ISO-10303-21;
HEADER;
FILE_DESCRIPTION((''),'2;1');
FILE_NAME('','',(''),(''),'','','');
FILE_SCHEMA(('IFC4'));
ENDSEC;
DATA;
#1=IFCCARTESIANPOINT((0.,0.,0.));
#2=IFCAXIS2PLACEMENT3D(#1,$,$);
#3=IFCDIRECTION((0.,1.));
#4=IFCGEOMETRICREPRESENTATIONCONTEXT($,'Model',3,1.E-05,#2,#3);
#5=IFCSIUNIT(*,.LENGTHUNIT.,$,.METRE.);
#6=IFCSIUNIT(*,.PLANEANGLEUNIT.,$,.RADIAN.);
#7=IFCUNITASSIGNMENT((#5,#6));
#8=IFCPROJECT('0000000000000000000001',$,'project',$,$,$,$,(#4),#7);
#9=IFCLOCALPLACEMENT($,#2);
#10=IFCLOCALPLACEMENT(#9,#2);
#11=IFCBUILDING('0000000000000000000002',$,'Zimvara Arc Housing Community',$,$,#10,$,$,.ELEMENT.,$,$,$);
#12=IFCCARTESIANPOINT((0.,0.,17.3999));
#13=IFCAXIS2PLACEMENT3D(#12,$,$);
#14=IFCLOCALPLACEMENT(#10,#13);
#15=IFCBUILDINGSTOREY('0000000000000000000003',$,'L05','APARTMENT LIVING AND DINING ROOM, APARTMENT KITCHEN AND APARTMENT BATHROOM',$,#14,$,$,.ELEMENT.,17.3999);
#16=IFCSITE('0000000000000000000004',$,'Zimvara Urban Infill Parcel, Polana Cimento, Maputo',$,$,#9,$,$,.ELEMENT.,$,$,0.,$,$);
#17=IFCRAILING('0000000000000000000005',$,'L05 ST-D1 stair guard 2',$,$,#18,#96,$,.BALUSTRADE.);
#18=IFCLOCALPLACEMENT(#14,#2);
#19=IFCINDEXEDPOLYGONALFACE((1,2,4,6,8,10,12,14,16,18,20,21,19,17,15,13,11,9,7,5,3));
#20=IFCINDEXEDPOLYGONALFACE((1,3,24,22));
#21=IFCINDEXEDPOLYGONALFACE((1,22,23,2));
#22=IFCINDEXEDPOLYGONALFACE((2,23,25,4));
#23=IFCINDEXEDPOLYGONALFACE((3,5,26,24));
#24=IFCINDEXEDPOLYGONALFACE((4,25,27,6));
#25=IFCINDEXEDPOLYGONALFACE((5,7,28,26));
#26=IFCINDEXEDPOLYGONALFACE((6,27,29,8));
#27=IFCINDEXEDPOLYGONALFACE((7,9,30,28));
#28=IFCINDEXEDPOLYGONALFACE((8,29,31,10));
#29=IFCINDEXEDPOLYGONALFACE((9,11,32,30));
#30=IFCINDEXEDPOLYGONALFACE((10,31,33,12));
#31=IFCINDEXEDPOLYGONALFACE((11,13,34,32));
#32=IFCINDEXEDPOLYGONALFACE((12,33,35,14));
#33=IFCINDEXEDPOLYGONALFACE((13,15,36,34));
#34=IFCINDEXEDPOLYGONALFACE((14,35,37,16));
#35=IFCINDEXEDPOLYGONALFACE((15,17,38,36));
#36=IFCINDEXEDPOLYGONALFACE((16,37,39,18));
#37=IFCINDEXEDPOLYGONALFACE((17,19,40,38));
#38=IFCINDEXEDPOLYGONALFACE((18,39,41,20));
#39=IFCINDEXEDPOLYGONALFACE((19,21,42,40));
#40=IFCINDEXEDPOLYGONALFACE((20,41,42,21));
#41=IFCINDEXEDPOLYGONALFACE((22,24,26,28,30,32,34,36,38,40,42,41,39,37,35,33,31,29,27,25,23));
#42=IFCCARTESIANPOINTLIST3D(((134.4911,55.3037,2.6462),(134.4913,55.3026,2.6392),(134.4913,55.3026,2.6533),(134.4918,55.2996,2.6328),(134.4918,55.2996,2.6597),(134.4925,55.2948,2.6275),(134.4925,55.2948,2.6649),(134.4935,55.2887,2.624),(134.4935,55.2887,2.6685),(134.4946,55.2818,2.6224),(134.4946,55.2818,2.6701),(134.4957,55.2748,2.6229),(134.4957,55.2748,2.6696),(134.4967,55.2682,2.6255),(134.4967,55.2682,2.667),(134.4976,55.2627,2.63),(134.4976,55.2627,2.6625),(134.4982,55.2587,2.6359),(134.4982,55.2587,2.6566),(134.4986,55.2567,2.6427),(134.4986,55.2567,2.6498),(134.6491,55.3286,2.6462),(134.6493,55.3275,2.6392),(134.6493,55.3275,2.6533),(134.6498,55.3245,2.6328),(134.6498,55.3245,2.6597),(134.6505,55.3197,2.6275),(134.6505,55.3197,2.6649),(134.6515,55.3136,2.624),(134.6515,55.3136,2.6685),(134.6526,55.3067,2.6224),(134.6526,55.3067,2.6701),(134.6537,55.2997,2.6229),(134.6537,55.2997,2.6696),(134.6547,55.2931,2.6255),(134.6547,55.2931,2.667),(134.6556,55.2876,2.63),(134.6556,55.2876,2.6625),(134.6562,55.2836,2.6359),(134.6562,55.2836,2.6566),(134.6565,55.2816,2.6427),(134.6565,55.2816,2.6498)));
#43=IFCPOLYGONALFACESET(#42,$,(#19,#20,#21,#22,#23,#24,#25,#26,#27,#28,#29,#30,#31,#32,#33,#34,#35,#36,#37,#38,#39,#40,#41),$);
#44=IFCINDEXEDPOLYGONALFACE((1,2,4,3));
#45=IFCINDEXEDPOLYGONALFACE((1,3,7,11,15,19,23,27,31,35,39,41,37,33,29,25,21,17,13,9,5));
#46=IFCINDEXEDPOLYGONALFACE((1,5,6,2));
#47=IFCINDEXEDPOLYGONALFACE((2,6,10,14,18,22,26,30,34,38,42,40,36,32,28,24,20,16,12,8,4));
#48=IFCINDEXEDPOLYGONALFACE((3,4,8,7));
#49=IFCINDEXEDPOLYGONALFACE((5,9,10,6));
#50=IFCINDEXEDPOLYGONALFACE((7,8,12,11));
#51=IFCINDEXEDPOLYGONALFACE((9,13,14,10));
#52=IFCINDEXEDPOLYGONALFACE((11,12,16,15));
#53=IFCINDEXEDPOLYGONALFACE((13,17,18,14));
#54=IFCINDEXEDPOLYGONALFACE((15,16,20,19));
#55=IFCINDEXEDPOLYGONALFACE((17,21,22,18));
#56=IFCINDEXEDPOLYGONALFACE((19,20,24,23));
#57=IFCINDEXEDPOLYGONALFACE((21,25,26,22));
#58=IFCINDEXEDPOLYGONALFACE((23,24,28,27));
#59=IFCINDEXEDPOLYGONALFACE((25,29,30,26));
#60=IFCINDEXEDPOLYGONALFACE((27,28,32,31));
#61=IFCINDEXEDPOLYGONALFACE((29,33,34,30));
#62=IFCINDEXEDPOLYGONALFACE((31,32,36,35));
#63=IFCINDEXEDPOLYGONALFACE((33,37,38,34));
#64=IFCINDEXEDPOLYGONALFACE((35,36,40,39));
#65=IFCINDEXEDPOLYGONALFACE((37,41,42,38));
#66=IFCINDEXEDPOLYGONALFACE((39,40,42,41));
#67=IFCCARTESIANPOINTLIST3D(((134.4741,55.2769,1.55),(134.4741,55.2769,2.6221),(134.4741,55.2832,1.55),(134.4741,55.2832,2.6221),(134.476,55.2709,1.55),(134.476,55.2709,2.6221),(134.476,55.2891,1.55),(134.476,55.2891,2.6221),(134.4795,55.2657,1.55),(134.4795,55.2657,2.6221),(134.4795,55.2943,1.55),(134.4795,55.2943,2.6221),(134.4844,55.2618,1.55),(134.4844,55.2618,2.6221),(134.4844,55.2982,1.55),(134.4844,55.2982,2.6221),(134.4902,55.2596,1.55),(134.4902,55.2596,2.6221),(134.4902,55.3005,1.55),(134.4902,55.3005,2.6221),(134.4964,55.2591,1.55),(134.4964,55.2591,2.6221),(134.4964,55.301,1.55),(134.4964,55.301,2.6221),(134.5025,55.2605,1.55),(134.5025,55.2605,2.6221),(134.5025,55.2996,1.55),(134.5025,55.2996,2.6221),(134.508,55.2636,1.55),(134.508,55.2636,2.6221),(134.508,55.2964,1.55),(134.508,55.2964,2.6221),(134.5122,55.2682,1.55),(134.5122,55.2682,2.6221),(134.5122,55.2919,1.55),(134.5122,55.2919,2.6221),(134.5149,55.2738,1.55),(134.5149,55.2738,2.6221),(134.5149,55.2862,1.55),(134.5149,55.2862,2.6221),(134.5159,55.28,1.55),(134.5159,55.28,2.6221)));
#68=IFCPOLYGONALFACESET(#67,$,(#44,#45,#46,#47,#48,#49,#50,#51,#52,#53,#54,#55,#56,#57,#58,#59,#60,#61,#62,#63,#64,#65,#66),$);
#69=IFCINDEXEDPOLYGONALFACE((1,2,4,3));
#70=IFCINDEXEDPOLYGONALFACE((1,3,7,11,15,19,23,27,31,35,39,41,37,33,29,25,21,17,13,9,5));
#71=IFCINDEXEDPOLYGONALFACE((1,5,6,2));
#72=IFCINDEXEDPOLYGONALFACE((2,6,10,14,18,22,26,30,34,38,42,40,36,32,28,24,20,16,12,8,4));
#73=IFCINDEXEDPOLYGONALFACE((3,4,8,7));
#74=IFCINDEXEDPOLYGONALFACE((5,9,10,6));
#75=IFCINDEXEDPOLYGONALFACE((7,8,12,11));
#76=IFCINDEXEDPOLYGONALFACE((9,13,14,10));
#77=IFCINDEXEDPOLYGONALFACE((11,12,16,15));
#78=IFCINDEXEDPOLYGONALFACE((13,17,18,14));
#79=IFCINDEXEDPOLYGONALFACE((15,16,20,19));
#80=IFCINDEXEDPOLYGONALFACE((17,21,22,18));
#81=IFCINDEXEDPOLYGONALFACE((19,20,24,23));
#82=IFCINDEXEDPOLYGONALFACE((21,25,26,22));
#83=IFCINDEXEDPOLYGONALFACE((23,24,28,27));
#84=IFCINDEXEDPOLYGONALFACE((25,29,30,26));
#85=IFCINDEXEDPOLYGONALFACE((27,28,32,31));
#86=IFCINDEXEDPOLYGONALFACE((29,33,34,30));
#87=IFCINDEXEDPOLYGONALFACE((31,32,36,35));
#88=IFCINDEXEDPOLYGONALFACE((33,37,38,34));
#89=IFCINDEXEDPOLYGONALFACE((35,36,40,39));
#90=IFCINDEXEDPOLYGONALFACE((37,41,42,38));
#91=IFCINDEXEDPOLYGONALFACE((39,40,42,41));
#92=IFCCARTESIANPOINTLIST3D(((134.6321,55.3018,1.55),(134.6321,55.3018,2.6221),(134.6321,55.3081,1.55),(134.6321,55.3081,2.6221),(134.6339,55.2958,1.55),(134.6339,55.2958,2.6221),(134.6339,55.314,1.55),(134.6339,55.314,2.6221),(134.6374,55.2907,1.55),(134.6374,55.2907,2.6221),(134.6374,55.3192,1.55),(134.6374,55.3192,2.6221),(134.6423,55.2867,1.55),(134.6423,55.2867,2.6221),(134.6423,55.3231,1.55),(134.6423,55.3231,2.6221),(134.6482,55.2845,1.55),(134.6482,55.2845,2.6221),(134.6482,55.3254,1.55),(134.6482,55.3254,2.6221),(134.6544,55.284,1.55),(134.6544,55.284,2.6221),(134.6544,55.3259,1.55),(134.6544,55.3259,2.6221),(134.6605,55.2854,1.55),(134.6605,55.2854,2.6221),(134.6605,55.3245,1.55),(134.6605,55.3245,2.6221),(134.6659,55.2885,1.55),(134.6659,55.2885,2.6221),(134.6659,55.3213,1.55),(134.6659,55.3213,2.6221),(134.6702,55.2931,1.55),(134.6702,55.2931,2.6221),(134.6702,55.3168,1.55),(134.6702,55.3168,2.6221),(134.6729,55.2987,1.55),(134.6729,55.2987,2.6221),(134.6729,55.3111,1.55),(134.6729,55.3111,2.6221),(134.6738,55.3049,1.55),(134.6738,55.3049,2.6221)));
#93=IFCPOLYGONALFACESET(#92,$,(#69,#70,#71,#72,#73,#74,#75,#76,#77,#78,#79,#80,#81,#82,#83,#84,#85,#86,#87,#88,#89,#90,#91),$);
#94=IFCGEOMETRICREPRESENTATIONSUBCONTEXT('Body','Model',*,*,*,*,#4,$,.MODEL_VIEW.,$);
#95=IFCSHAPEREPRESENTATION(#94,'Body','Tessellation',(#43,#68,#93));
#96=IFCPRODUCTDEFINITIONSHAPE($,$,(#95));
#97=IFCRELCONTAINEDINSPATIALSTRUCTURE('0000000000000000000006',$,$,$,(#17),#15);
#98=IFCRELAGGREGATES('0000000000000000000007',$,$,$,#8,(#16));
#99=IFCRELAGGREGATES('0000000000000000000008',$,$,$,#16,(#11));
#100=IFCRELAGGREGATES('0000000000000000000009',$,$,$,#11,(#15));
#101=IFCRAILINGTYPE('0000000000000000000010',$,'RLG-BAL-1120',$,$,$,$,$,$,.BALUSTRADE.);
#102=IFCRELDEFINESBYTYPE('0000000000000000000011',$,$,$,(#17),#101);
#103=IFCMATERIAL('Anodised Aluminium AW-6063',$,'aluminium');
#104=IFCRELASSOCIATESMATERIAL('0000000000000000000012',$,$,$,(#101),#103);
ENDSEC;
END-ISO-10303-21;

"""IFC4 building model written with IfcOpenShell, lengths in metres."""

from ifc_helpers import new_model, si_unit, direction, frame, origin, origin_2d, place, context, subcontext, project, spatial, circle, extrude, material, type_object, element, save


model = new_model("IFC4")

# Units and contexts
model_context = context("Model", 3, precision=1e-05, world=origin(), true_north=direction((0.0, 1.0)))
body_context = subcontext(model_context, "Body", "Model", "MODEL_VIEW")
ifc_project = project(units=[si_unit("LENGTHUNIT", "METRE"), si_unit("PLANEANGLEUNIT", "RADIAN")], contexts=[model_context])

# Site, building, storey
site_placement = place(None, origin())
site = spatial("IfcSite", under=ifc_project, at=site_placement, Name="Zimvara Urban Infill Parcel, Polana Cimento, Maputo", CompositionType="ELEMENT", RefElevation=0.0)
building_placement = place(site_placement, origin())
building = spatial("IfcBuilding", under=site, at=building_placement, Name="Zimvara Arc Housing Community", CompositionType="ELEMENT")
storey_placement = place(building_placement, frame((0.0, 0.0, 17.3999)))
storey = spatial("IfcBuildingStorey", under=building, at=storey_placement, Name="L05", Description="APARTMENT LIVING AND DINING ROOM, APARTMENT KITCHEN AND APARTMENT BATHROOM", CompositionType="ELEMENT", Elevation=17.3999)

# Railing
ifc_material_1 = material(Name="Anodised Aluminium AW-6063", Category="aluminium")
railing_type_1 = type_object("IfcRailingType", Name="RLG-BAL-1120", PredefinedType="BALUSTRADE", material=ifc_material_1)
railing_1_placement = place(storey_placement, frame((134.4949, 55.28, 1.55)))
element("IfcRailing", 1, at=railing_1_placement, inside=storey, type_object=railing_type_1, Name="L05 ST-D1 stair guard 2", PredefinedType="BALUSTRADE", context=body_context, shape_type="SweptSolid", body=[
    extrude(circle(Radius=0.0239, at=origin_2d()), frame((0.0, 0.0, 1.0962), z_axis=(0.9878, 0.155727, 0.0), x_axis=(-0.155727, 0.9878, 0.0)), (0.0, 0.0, 1.0), 0.1599),
    extrude(circle(Radius=0.021, at=origin_2d()), origin(), (0.0, 0.0, 1.0), 1.072),
    extrude(circle(Radius=0.021, at=origin_2d()), frame((0.158, 0.0249, 0.0)), (0.0, 0.0, 1.0), 1.072),
])

save(model, "model.ifc")
